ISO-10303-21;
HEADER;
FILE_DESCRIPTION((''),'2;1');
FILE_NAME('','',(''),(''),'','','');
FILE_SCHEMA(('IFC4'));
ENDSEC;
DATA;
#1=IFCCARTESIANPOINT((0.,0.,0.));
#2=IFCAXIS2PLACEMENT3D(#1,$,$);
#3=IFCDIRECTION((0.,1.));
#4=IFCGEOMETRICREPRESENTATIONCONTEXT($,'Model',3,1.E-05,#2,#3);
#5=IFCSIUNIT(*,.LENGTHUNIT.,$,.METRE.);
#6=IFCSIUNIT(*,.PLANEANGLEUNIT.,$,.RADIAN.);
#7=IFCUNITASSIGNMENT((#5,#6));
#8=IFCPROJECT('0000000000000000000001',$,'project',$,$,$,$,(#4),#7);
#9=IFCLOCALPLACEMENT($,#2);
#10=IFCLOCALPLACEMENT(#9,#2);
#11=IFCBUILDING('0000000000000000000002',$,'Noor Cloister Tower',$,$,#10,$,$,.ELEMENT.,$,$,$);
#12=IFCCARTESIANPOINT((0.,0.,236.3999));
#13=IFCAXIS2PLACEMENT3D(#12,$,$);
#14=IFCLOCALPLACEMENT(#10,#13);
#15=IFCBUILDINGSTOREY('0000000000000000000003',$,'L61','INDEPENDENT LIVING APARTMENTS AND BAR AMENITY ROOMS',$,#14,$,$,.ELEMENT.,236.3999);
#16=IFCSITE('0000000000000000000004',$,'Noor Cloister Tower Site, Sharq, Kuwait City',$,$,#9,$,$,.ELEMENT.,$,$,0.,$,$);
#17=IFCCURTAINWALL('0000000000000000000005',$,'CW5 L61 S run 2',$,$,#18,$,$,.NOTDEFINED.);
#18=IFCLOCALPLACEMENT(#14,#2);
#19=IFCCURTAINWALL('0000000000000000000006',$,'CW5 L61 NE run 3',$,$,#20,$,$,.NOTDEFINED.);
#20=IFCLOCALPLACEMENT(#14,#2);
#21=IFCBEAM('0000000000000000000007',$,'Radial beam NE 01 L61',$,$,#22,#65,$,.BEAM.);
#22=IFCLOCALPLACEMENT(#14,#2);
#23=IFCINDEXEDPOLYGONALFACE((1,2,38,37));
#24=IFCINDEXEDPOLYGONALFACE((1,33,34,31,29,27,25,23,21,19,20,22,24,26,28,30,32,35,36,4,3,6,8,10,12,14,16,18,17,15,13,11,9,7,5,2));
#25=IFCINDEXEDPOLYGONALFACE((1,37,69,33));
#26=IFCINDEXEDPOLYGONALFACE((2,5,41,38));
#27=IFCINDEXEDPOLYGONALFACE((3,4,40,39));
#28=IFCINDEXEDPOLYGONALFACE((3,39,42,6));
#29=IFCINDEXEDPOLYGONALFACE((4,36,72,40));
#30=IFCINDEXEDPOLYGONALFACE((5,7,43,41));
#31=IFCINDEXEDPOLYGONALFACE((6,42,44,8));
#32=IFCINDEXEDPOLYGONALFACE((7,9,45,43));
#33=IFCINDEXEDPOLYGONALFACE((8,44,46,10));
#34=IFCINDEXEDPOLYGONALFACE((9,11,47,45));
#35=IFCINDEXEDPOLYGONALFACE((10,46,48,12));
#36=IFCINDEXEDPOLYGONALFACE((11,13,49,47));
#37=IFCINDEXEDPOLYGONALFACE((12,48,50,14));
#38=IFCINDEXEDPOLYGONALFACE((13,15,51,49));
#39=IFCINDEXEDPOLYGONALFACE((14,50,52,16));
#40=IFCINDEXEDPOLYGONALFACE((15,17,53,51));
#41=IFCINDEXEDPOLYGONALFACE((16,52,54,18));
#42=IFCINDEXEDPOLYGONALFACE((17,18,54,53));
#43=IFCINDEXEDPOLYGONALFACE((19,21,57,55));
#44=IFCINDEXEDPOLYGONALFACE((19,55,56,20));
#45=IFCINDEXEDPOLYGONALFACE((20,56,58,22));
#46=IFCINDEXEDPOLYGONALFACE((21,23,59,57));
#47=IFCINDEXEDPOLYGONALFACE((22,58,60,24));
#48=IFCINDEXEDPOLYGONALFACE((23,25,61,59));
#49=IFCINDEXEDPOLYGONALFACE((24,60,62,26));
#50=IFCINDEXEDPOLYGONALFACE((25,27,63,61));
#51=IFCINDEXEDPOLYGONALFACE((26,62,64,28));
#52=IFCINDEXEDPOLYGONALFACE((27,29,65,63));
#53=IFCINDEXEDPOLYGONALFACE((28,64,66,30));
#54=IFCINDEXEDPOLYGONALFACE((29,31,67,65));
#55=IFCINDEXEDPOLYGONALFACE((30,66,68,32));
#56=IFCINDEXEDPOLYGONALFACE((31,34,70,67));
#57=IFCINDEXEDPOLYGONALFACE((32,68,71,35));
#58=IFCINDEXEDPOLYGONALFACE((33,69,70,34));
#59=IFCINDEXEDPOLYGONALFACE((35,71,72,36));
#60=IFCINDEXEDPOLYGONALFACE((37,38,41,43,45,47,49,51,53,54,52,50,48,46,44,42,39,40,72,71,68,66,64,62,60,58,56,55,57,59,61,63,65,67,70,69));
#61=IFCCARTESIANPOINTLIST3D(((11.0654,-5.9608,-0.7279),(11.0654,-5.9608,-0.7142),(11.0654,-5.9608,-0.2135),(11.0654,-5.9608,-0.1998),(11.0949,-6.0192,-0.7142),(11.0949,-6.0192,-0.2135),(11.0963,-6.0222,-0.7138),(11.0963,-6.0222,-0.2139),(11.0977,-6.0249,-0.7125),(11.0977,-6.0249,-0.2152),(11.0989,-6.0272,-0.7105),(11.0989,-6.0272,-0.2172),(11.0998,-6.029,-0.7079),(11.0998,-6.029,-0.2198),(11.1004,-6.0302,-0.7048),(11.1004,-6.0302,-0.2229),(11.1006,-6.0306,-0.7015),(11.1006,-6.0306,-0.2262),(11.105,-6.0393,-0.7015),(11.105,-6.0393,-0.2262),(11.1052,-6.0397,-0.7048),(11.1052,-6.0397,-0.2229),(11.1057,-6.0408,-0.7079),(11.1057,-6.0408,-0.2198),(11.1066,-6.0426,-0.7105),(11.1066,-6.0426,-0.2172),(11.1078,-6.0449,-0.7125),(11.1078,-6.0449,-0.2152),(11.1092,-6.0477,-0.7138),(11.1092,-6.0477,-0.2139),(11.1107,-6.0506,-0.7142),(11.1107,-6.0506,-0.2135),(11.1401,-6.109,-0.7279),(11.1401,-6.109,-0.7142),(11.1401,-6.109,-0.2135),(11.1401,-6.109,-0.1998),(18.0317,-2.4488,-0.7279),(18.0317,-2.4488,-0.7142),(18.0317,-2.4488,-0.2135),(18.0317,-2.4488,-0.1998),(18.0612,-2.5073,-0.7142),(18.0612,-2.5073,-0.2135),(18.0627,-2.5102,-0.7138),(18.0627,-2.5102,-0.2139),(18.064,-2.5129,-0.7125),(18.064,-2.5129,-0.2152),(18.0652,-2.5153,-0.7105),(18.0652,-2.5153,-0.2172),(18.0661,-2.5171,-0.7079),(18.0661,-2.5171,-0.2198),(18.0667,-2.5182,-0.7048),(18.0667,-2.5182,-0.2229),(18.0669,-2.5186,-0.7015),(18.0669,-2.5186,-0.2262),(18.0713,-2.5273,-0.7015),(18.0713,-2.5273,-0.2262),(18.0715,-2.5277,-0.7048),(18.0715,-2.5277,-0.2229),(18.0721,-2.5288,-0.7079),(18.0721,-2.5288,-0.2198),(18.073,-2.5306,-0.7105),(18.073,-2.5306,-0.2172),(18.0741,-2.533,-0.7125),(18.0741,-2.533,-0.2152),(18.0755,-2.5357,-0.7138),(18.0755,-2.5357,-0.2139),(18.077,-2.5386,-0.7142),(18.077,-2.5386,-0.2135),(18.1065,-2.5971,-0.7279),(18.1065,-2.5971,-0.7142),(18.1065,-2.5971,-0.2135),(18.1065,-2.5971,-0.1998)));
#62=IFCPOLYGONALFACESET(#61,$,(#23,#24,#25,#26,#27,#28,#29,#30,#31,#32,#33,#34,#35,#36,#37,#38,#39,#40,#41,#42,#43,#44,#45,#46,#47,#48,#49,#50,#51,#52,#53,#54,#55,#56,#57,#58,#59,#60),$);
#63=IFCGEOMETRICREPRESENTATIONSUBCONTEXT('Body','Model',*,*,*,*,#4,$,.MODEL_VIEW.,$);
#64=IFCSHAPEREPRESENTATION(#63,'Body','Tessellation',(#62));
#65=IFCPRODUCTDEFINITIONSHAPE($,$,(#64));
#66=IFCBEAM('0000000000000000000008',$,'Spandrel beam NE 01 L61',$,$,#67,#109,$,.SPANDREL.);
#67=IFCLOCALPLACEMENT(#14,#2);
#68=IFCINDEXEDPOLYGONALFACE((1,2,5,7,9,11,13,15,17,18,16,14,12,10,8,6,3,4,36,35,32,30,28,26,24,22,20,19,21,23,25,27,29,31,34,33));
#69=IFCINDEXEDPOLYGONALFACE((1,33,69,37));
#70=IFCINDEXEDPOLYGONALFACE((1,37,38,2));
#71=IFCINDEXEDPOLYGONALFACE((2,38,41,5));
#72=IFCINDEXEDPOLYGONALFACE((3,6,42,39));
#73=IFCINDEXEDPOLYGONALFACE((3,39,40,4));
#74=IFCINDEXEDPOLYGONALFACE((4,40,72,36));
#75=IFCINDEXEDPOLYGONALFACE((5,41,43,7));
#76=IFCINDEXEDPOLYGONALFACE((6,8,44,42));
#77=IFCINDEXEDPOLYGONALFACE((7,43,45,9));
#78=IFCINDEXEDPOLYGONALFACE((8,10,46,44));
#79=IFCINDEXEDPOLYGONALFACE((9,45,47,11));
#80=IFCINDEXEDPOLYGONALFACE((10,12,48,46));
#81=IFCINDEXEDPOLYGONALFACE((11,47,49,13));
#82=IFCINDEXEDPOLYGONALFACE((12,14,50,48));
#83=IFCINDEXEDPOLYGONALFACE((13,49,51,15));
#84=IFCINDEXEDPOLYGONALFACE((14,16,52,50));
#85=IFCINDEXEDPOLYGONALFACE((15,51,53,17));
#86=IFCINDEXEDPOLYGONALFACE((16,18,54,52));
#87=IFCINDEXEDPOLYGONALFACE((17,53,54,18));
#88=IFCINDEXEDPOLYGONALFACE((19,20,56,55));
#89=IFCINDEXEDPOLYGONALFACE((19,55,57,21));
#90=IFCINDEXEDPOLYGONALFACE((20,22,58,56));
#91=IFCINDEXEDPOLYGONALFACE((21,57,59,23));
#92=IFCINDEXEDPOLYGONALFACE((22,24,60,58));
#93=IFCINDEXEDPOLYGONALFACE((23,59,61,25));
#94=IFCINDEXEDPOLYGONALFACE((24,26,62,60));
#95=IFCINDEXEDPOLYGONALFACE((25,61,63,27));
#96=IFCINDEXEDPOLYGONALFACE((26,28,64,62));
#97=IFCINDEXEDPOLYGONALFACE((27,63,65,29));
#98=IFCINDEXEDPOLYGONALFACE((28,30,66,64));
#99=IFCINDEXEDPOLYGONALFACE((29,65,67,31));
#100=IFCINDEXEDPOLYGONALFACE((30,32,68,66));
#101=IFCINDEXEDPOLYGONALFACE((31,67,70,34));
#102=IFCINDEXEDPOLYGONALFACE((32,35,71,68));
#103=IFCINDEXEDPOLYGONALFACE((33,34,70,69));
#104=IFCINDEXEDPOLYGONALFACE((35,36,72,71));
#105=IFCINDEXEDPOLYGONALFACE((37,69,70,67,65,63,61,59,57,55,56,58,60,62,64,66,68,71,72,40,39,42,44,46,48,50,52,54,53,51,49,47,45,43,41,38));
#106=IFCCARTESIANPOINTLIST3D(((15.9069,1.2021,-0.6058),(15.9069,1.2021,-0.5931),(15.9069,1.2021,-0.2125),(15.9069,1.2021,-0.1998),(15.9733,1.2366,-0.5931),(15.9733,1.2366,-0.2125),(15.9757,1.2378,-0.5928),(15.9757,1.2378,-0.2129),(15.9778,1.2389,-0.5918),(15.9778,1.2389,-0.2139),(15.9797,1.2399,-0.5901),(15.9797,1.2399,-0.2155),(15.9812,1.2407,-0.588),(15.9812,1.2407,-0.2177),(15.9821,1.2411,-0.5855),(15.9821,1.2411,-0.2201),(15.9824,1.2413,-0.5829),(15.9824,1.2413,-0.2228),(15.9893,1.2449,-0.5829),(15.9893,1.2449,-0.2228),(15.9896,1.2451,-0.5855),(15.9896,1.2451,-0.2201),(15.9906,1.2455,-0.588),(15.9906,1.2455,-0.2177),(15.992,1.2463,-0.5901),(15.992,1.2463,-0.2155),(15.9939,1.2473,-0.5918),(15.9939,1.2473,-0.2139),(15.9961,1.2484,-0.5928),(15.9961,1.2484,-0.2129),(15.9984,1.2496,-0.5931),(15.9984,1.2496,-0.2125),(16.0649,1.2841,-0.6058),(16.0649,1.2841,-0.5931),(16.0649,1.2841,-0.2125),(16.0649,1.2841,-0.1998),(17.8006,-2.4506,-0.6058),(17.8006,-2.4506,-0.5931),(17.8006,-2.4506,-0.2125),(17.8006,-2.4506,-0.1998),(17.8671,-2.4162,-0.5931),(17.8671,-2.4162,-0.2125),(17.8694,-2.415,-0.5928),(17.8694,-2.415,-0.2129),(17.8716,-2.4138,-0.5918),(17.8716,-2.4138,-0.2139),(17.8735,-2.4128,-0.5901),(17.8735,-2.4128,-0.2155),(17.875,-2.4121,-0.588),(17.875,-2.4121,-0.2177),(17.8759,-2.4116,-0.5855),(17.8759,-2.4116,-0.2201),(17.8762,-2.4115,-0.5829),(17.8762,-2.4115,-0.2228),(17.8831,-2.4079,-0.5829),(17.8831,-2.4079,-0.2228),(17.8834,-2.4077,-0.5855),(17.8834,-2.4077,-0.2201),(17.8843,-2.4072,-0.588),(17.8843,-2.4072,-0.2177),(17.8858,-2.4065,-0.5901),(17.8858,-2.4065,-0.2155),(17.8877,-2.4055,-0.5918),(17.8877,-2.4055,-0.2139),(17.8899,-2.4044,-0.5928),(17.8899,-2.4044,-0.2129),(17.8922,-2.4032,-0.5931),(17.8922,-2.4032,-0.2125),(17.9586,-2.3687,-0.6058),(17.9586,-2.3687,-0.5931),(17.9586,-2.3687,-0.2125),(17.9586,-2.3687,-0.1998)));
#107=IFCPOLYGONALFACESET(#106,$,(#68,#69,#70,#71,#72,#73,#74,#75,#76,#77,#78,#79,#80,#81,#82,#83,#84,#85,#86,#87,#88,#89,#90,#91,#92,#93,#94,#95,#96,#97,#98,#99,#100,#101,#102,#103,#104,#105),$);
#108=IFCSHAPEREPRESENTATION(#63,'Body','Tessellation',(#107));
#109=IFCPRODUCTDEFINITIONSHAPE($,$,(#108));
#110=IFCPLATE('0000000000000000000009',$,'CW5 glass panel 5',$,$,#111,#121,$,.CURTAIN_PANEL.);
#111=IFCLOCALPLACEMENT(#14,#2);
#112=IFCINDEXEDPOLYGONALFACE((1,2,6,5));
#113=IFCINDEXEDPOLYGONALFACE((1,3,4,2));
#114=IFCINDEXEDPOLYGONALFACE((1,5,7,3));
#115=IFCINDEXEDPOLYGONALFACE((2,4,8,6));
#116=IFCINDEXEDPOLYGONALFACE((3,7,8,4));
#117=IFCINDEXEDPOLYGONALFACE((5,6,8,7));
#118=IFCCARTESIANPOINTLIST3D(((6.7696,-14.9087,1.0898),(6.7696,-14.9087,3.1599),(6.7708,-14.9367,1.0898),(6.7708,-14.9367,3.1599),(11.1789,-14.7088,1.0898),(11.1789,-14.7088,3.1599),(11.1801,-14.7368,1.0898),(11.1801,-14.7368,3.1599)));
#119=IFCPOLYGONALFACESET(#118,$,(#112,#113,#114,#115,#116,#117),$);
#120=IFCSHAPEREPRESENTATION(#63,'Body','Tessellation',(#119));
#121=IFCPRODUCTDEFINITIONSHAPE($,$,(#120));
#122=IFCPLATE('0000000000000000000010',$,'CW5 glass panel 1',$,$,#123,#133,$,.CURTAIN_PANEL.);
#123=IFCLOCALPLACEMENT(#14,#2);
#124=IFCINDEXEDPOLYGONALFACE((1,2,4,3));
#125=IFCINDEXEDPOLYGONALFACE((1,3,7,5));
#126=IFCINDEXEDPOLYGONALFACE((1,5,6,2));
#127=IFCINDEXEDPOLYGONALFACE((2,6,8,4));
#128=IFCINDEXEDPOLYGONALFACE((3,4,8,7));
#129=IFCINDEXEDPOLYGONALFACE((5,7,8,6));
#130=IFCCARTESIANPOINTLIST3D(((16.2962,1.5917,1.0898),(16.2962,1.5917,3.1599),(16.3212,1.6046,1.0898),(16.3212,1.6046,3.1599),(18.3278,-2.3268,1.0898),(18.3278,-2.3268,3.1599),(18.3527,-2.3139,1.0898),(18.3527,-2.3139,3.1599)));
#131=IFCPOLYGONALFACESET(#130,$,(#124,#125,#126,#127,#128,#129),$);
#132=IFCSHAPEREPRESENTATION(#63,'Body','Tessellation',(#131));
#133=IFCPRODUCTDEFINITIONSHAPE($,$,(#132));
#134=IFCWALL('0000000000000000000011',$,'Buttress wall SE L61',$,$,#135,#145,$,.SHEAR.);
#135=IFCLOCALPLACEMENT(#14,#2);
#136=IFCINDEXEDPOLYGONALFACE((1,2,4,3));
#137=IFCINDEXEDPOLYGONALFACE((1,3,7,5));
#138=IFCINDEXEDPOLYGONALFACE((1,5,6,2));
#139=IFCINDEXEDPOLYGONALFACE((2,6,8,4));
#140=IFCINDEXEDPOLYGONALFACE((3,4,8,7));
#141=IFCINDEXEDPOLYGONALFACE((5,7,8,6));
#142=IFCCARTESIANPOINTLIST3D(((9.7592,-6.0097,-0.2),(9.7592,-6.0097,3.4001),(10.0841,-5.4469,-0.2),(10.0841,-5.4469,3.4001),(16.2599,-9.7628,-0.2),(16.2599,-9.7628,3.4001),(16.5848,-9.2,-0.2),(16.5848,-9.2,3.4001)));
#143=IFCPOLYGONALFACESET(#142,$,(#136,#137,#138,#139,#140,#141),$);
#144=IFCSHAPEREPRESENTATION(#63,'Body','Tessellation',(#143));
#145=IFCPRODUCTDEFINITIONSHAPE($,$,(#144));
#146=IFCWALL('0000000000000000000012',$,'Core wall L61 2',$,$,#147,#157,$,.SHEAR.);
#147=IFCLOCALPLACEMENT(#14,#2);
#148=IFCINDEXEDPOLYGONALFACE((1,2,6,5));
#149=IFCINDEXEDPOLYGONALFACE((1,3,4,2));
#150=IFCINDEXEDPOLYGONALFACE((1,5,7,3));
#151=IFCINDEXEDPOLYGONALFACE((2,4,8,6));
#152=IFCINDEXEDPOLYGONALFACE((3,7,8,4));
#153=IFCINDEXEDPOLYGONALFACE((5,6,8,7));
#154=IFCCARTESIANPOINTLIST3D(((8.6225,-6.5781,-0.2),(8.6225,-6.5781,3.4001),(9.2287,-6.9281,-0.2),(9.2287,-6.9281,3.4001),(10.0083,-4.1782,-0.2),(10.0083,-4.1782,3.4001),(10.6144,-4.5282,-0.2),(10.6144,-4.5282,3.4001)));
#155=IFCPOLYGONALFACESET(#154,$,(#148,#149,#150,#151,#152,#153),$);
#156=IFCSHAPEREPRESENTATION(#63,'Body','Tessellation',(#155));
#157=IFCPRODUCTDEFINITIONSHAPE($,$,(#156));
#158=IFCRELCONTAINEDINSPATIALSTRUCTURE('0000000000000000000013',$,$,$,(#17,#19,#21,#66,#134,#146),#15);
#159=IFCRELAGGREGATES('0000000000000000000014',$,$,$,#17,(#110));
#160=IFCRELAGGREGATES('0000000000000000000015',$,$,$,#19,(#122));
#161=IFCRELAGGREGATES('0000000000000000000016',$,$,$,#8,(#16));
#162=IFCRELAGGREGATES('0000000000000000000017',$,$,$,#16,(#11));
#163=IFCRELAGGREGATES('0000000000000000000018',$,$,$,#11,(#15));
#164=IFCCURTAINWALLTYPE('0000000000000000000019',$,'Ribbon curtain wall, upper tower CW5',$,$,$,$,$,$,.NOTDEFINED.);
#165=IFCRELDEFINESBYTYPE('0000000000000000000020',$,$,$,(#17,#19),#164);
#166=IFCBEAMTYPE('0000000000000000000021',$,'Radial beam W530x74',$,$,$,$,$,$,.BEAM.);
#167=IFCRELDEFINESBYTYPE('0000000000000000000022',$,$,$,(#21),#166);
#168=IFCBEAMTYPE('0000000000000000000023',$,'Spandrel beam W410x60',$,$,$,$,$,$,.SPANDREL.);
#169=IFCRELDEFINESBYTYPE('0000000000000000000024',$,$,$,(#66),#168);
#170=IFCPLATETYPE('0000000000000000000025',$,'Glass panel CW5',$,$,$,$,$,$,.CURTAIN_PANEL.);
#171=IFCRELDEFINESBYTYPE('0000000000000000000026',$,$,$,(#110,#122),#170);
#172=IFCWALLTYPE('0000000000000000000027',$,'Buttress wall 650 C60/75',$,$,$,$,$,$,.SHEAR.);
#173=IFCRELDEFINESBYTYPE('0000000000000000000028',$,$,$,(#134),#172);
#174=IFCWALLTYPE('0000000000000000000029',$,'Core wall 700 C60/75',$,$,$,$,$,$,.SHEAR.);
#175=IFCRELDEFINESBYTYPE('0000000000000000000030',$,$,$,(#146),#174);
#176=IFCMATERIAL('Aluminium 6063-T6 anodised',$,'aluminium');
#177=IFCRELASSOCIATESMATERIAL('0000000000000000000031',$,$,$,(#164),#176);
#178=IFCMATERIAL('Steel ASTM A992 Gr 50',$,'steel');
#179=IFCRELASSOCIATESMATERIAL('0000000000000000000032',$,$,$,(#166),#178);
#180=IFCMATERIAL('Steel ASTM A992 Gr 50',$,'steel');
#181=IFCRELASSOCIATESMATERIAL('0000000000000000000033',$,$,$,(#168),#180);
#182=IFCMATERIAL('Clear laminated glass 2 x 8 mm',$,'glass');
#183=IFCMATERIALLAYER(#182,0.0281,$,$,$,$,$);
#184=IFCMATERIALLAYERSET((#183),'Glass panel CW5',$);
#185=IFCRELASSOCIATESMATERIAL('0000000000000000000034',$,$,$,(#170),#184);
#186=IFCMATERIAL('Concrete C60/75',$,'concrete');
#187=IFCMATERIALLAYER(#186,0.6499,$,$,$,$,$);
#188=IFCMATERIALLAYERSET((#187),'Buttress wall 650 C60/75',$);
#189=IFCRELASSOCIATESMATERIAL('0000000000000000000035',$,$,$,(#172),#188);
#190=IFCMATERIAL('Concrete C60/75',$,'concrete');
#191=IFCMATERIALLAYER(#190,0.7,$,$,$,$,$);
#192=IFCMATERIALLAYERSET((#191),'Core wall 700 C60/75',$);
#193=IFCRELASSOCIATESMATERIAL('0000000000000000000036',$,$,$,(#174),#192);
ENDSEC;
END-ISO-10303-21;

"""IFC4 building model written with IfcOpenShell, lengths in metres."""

from ifc_helpers import new_model, si_unit, direction, frame, frame_2d, origin, origin_2d, place, context, subcontext, project, spatial, rectangle, i_section, extrude, material, layer, layer_set, material_profile, profile_set, type_object, element, aggregate, save


model = new_model("IFC4")

# Units and contexts
model_context = context("Model", 3, precision=1e-05, world=origin(), true_north=direction((0.0, 1.0)))
body_context = subcontext(model_context, "Body", "Model", "MODEL_VIEW")
ifc_project = project(units=[si_unit("LENGTHUNIT", "METRE"), si_unit("PLANEANGLEUNIT", "RADIAN")], contexts=[model_context])

# Site, building, storey
site_placement = place(None, origin())
site = spatial("IfcSite", under=ifc_project, at=site_placement, Name="Noor Cloister Tower Site, Sharq, Kuwait City", CompositionType="ELEMENT", RefElevation=0.0)
building_placement = place(site_placement, origin())
building = spatial("IfcBuilding", under=site, at=building_placement, Name="Noor Cloister Tower", CompositionType="ELEMENT")
storey_placement = place(building_placement, frame((0.0, 0.0, 236.3999)))
storey = spatial("IfcBuildingStorey", under=building, at=storey_placement, Name="L61", Description="INDEPENDENT LIVING APARTMENTS AND BAR AMENITY ROOMS", CompositionType="ELEMENT", Elevation=236.3999)

# Curtain walls
ifc_material_1 = material(Name="Aluminium 6063-T6 anodised", Category="aluminium")
curtain_wall_type = type_object("IfcCurtainWallType", Name="Ribbon curtain wall, upper tower CW5", PredefinedType="NOTDEFINED", material=ifc_material_1)
curtain_wall_1_placement = place(storey_placement, origin())
curtain_wall_1 = element("IfcCurtainWall", 1, at=curtain_wall_1_placement, inside=storey, type_object=curtain_wall_type, Name="CW5 L61 S run 2", PredefinedType="NOTDEFINED")
curtain_wall_2_placement = place(storey_placement, origin())
curtain_wall_2 = element("IfcCurtainWall", 2, at=curtain_wall_2_placement, inside=storey, type_object=curtain_wall_type, Name="CW5 L61 NE run 3", PredefinedType="NOTDEFINED")

# Beams
ifc_material_2 = material(Name="Steel ASTM A992 Gr 50", Category="steel")
ifc_material_profile_1 = material_profile(ifc_material_2, i_section(OverallWidth=0.166, OverallDepth=0.5281, WebThickness=0.0098, FlangeThickness=0.0137, FilletRadius=0.0127, at=origin_2d()), Name="W530x74")
ifc_profile_set_1 = profile_set([ifc_material_profile_1], Name="Steel ASTM A992 Gr 50")
beam_type_1 = type_object("IfcBeamType", Name="Radial beam W530x74", PredefinedType="BEAM", material=ifc_profile_set_1)
beam_1_placement = place(storey_placement, frame((18.0691, -2.5229, -0.4639), z_axis=(-0.892945, -0.450165, 0.0), x_axis=(0.450165, -0.892945, 0.0)))
element("IfcBeam", 3, at=beam_1_placement, inside=storey, type_object=beam_type_1, Name="Radial beam NE 01 L61", PredefinedType="BEAM", context=body_context, shape_type="SweptSolid", body=[
    extrude(i_section(OverallWidth=0.166, OverallDepth=0.5281, WebThickness=0.0098, FlangeThickness=0.0137, FilletRadius=0.0127, at=origin_2d()), origin(), (0.0, 0.0, 1.0), 7.8015),
])
ifc_material_3 = material(Name="Steel ASTM A992 Gr 50", Category="steel")
ifc_material_profile_2 = material_profile(ifc_material_3, i_section(OverallWidth=0.178, OverallDepth=0.406, WebThickness=0.0078, FlangeThickness=0.0127, FilletRadius=0.0103, at=origin_2d()), Name="W410x60")
ifc_profile_set_2 = profile_set([ifc_material_profile_2], Name="Steel ASTM A992 Gr 50")
beam_type_2 = type_object("IfcBeamType", Name="Spandrel beam W410x60", PredefinedType="SPANDREL", material=ifc_profile_set_2)
beam_2_placement = place(storey_placement, frame((17.8796, -2.4097, -0.4028), z_axis=(-0.460267, 0.887781, 0.0), x_axis=(-0.887781, -0.460267, 0.0)))
element("IfcBeam", 4, at=beam_2_placement, inside=storey, type_object=beam_type_2, Name="Spandrel beam NE 01 L61", PredefinedType="SPANDREL", context=body_context, shape_type="SweptSolid", body=[
    extrude(i_section(OverallWidth=0.178, OverallDepth=0.406, WebThickness=0.0078, FlangeThickness=0.0127, FilletRadius=0.0103, at=origin_2d()), origin(), (0.0, 0.0, 1.0), 4.1145),
])

# Plates
ifc_material_4 = material(Name="Clear laminated glass 2 x 8 mm", Category="glass")
ifc_layer_1 = layer(ifc_material_4, 0.0281)
ifc_layer_set_1 = layer_set([ifc_layer_1], Name="Glass panel CW5")
plate_type = type_object("IfcPlateType", Name="Glass panel CW5", PredefinedType="CURTAIN_PANEL", material=ifc_layer_set_1)
plate_1_placement = place(storey_placement, frame((8.9749, -14.8228, 1.0898), z_axis=(0.0, 0.0, 1.0), x_axis=(0.998974, 0.045286, 0.0)))
plate_1 = element("IfcPlate", 5, at=plate_1_placement, type_object=plate_type, Name="CW5 glass panel 5", PredefinedType="CURTAIN_PANEL", context=body_context, shape_type="SweptSolid", body=[
    extrude(rectangle(XDim=4.4138, YDim=0.0281, at=origin_2d()), origin(), (0.0, 0.0, 1.0), 2.0701),
])
aggregate(curtain_wall_1, [plate_1])
plate_2_placement = place(storey_placement, frame((17.3245, -0.3611, 1.0898), z_axis=(0.0, 0.0, 1.0), x_axis=(-0.460269, 0.88778, 0.0)))
plate_2 = element("IfcPlate", 6, at=plate_2_placement, type_object=plate_type, Name="CW5 glass panel 1", PredefinedType="CURTAIN_PANEL", context=body_context, shape_type="SweptSolid", body=[
    extrude(rectangle(XDim=4.4138, YDim=0.0281, at=origin_2d()), origin(), (0.0, 0.0, 1.0), 2.0701),
])
aggregate(curtain_wall_2, [plate_2])

# Walls
ifc_material_5 = material(Name="Concrete C60/75", Category="concrete")
ifc_layer_2 = layer(ifc_material_5, 0.6499)
ifc_layer_set_2 = layer_set([ifc_layer_2], Name="Buttress wall 650 C60/75")
wall_type_1 = type_object("IfcWallType", Name="Buttress wall 650 C60/75", PredefinedType="SHEAR", material=ifc_layer_set_2)
wall_1_placement = place(storey_placement, frame((9.9216, -5.7283, -0.2), z_axis=(0.0, 0.0, 1.0), x_axis=(0.866027, -0.499997, 0.0)))
element("IfcWall", 7, at=wall_1_placement, inside=storey, type_object=wall_type_1, Name="Buttress wall SE L61", PredefinedType="SHEAR", context=body_context, shape_type="SweptSolid", body=[
    extrude(rectangle(XDim=7.5063, YDim=0.6499, at=frame_2d((3.7532, 0.0))), origin(), (0.0, 0.0, 1.0), 3.6001),
])
ifc_material_6 = material(Name="Concrete C60/75", Category="concrete")
ifc_layer_3 = layer(ifc_material_6, 0.7)
ifc_layer_set_3 = layer_set([ifc_layer_3], Name="Core wall 700 C60/75")
wall_type_2 = type_object("IfcWallType", Name="Core wall 700 C60/75", PredefinedType="SHEAR", material=ifc_layer_set_3)
wall_2_placement = place(storey_placement, frame((8.9255, -6.7532, -0.2), z_axis=(0.0, 0.0, 1.0), x_axis=(0.500043, 0.866001, 0.0)))
element("IfcWall", 8, at=wall_2_placement, inside=storey, type_object=wall_type_2, Name="Core wall L61 2", PredefinedType="SHEAR", context=body_context, shape_type="SweptSolid", body=[
    extrude(rectangle(XDim=2.7712, YDim=0.7, at=frame_2d((1.3857, 0.0))), origin(), (0.0, 0.0, 1.0), 3.6001),
])

save(model, "model.ifc")
